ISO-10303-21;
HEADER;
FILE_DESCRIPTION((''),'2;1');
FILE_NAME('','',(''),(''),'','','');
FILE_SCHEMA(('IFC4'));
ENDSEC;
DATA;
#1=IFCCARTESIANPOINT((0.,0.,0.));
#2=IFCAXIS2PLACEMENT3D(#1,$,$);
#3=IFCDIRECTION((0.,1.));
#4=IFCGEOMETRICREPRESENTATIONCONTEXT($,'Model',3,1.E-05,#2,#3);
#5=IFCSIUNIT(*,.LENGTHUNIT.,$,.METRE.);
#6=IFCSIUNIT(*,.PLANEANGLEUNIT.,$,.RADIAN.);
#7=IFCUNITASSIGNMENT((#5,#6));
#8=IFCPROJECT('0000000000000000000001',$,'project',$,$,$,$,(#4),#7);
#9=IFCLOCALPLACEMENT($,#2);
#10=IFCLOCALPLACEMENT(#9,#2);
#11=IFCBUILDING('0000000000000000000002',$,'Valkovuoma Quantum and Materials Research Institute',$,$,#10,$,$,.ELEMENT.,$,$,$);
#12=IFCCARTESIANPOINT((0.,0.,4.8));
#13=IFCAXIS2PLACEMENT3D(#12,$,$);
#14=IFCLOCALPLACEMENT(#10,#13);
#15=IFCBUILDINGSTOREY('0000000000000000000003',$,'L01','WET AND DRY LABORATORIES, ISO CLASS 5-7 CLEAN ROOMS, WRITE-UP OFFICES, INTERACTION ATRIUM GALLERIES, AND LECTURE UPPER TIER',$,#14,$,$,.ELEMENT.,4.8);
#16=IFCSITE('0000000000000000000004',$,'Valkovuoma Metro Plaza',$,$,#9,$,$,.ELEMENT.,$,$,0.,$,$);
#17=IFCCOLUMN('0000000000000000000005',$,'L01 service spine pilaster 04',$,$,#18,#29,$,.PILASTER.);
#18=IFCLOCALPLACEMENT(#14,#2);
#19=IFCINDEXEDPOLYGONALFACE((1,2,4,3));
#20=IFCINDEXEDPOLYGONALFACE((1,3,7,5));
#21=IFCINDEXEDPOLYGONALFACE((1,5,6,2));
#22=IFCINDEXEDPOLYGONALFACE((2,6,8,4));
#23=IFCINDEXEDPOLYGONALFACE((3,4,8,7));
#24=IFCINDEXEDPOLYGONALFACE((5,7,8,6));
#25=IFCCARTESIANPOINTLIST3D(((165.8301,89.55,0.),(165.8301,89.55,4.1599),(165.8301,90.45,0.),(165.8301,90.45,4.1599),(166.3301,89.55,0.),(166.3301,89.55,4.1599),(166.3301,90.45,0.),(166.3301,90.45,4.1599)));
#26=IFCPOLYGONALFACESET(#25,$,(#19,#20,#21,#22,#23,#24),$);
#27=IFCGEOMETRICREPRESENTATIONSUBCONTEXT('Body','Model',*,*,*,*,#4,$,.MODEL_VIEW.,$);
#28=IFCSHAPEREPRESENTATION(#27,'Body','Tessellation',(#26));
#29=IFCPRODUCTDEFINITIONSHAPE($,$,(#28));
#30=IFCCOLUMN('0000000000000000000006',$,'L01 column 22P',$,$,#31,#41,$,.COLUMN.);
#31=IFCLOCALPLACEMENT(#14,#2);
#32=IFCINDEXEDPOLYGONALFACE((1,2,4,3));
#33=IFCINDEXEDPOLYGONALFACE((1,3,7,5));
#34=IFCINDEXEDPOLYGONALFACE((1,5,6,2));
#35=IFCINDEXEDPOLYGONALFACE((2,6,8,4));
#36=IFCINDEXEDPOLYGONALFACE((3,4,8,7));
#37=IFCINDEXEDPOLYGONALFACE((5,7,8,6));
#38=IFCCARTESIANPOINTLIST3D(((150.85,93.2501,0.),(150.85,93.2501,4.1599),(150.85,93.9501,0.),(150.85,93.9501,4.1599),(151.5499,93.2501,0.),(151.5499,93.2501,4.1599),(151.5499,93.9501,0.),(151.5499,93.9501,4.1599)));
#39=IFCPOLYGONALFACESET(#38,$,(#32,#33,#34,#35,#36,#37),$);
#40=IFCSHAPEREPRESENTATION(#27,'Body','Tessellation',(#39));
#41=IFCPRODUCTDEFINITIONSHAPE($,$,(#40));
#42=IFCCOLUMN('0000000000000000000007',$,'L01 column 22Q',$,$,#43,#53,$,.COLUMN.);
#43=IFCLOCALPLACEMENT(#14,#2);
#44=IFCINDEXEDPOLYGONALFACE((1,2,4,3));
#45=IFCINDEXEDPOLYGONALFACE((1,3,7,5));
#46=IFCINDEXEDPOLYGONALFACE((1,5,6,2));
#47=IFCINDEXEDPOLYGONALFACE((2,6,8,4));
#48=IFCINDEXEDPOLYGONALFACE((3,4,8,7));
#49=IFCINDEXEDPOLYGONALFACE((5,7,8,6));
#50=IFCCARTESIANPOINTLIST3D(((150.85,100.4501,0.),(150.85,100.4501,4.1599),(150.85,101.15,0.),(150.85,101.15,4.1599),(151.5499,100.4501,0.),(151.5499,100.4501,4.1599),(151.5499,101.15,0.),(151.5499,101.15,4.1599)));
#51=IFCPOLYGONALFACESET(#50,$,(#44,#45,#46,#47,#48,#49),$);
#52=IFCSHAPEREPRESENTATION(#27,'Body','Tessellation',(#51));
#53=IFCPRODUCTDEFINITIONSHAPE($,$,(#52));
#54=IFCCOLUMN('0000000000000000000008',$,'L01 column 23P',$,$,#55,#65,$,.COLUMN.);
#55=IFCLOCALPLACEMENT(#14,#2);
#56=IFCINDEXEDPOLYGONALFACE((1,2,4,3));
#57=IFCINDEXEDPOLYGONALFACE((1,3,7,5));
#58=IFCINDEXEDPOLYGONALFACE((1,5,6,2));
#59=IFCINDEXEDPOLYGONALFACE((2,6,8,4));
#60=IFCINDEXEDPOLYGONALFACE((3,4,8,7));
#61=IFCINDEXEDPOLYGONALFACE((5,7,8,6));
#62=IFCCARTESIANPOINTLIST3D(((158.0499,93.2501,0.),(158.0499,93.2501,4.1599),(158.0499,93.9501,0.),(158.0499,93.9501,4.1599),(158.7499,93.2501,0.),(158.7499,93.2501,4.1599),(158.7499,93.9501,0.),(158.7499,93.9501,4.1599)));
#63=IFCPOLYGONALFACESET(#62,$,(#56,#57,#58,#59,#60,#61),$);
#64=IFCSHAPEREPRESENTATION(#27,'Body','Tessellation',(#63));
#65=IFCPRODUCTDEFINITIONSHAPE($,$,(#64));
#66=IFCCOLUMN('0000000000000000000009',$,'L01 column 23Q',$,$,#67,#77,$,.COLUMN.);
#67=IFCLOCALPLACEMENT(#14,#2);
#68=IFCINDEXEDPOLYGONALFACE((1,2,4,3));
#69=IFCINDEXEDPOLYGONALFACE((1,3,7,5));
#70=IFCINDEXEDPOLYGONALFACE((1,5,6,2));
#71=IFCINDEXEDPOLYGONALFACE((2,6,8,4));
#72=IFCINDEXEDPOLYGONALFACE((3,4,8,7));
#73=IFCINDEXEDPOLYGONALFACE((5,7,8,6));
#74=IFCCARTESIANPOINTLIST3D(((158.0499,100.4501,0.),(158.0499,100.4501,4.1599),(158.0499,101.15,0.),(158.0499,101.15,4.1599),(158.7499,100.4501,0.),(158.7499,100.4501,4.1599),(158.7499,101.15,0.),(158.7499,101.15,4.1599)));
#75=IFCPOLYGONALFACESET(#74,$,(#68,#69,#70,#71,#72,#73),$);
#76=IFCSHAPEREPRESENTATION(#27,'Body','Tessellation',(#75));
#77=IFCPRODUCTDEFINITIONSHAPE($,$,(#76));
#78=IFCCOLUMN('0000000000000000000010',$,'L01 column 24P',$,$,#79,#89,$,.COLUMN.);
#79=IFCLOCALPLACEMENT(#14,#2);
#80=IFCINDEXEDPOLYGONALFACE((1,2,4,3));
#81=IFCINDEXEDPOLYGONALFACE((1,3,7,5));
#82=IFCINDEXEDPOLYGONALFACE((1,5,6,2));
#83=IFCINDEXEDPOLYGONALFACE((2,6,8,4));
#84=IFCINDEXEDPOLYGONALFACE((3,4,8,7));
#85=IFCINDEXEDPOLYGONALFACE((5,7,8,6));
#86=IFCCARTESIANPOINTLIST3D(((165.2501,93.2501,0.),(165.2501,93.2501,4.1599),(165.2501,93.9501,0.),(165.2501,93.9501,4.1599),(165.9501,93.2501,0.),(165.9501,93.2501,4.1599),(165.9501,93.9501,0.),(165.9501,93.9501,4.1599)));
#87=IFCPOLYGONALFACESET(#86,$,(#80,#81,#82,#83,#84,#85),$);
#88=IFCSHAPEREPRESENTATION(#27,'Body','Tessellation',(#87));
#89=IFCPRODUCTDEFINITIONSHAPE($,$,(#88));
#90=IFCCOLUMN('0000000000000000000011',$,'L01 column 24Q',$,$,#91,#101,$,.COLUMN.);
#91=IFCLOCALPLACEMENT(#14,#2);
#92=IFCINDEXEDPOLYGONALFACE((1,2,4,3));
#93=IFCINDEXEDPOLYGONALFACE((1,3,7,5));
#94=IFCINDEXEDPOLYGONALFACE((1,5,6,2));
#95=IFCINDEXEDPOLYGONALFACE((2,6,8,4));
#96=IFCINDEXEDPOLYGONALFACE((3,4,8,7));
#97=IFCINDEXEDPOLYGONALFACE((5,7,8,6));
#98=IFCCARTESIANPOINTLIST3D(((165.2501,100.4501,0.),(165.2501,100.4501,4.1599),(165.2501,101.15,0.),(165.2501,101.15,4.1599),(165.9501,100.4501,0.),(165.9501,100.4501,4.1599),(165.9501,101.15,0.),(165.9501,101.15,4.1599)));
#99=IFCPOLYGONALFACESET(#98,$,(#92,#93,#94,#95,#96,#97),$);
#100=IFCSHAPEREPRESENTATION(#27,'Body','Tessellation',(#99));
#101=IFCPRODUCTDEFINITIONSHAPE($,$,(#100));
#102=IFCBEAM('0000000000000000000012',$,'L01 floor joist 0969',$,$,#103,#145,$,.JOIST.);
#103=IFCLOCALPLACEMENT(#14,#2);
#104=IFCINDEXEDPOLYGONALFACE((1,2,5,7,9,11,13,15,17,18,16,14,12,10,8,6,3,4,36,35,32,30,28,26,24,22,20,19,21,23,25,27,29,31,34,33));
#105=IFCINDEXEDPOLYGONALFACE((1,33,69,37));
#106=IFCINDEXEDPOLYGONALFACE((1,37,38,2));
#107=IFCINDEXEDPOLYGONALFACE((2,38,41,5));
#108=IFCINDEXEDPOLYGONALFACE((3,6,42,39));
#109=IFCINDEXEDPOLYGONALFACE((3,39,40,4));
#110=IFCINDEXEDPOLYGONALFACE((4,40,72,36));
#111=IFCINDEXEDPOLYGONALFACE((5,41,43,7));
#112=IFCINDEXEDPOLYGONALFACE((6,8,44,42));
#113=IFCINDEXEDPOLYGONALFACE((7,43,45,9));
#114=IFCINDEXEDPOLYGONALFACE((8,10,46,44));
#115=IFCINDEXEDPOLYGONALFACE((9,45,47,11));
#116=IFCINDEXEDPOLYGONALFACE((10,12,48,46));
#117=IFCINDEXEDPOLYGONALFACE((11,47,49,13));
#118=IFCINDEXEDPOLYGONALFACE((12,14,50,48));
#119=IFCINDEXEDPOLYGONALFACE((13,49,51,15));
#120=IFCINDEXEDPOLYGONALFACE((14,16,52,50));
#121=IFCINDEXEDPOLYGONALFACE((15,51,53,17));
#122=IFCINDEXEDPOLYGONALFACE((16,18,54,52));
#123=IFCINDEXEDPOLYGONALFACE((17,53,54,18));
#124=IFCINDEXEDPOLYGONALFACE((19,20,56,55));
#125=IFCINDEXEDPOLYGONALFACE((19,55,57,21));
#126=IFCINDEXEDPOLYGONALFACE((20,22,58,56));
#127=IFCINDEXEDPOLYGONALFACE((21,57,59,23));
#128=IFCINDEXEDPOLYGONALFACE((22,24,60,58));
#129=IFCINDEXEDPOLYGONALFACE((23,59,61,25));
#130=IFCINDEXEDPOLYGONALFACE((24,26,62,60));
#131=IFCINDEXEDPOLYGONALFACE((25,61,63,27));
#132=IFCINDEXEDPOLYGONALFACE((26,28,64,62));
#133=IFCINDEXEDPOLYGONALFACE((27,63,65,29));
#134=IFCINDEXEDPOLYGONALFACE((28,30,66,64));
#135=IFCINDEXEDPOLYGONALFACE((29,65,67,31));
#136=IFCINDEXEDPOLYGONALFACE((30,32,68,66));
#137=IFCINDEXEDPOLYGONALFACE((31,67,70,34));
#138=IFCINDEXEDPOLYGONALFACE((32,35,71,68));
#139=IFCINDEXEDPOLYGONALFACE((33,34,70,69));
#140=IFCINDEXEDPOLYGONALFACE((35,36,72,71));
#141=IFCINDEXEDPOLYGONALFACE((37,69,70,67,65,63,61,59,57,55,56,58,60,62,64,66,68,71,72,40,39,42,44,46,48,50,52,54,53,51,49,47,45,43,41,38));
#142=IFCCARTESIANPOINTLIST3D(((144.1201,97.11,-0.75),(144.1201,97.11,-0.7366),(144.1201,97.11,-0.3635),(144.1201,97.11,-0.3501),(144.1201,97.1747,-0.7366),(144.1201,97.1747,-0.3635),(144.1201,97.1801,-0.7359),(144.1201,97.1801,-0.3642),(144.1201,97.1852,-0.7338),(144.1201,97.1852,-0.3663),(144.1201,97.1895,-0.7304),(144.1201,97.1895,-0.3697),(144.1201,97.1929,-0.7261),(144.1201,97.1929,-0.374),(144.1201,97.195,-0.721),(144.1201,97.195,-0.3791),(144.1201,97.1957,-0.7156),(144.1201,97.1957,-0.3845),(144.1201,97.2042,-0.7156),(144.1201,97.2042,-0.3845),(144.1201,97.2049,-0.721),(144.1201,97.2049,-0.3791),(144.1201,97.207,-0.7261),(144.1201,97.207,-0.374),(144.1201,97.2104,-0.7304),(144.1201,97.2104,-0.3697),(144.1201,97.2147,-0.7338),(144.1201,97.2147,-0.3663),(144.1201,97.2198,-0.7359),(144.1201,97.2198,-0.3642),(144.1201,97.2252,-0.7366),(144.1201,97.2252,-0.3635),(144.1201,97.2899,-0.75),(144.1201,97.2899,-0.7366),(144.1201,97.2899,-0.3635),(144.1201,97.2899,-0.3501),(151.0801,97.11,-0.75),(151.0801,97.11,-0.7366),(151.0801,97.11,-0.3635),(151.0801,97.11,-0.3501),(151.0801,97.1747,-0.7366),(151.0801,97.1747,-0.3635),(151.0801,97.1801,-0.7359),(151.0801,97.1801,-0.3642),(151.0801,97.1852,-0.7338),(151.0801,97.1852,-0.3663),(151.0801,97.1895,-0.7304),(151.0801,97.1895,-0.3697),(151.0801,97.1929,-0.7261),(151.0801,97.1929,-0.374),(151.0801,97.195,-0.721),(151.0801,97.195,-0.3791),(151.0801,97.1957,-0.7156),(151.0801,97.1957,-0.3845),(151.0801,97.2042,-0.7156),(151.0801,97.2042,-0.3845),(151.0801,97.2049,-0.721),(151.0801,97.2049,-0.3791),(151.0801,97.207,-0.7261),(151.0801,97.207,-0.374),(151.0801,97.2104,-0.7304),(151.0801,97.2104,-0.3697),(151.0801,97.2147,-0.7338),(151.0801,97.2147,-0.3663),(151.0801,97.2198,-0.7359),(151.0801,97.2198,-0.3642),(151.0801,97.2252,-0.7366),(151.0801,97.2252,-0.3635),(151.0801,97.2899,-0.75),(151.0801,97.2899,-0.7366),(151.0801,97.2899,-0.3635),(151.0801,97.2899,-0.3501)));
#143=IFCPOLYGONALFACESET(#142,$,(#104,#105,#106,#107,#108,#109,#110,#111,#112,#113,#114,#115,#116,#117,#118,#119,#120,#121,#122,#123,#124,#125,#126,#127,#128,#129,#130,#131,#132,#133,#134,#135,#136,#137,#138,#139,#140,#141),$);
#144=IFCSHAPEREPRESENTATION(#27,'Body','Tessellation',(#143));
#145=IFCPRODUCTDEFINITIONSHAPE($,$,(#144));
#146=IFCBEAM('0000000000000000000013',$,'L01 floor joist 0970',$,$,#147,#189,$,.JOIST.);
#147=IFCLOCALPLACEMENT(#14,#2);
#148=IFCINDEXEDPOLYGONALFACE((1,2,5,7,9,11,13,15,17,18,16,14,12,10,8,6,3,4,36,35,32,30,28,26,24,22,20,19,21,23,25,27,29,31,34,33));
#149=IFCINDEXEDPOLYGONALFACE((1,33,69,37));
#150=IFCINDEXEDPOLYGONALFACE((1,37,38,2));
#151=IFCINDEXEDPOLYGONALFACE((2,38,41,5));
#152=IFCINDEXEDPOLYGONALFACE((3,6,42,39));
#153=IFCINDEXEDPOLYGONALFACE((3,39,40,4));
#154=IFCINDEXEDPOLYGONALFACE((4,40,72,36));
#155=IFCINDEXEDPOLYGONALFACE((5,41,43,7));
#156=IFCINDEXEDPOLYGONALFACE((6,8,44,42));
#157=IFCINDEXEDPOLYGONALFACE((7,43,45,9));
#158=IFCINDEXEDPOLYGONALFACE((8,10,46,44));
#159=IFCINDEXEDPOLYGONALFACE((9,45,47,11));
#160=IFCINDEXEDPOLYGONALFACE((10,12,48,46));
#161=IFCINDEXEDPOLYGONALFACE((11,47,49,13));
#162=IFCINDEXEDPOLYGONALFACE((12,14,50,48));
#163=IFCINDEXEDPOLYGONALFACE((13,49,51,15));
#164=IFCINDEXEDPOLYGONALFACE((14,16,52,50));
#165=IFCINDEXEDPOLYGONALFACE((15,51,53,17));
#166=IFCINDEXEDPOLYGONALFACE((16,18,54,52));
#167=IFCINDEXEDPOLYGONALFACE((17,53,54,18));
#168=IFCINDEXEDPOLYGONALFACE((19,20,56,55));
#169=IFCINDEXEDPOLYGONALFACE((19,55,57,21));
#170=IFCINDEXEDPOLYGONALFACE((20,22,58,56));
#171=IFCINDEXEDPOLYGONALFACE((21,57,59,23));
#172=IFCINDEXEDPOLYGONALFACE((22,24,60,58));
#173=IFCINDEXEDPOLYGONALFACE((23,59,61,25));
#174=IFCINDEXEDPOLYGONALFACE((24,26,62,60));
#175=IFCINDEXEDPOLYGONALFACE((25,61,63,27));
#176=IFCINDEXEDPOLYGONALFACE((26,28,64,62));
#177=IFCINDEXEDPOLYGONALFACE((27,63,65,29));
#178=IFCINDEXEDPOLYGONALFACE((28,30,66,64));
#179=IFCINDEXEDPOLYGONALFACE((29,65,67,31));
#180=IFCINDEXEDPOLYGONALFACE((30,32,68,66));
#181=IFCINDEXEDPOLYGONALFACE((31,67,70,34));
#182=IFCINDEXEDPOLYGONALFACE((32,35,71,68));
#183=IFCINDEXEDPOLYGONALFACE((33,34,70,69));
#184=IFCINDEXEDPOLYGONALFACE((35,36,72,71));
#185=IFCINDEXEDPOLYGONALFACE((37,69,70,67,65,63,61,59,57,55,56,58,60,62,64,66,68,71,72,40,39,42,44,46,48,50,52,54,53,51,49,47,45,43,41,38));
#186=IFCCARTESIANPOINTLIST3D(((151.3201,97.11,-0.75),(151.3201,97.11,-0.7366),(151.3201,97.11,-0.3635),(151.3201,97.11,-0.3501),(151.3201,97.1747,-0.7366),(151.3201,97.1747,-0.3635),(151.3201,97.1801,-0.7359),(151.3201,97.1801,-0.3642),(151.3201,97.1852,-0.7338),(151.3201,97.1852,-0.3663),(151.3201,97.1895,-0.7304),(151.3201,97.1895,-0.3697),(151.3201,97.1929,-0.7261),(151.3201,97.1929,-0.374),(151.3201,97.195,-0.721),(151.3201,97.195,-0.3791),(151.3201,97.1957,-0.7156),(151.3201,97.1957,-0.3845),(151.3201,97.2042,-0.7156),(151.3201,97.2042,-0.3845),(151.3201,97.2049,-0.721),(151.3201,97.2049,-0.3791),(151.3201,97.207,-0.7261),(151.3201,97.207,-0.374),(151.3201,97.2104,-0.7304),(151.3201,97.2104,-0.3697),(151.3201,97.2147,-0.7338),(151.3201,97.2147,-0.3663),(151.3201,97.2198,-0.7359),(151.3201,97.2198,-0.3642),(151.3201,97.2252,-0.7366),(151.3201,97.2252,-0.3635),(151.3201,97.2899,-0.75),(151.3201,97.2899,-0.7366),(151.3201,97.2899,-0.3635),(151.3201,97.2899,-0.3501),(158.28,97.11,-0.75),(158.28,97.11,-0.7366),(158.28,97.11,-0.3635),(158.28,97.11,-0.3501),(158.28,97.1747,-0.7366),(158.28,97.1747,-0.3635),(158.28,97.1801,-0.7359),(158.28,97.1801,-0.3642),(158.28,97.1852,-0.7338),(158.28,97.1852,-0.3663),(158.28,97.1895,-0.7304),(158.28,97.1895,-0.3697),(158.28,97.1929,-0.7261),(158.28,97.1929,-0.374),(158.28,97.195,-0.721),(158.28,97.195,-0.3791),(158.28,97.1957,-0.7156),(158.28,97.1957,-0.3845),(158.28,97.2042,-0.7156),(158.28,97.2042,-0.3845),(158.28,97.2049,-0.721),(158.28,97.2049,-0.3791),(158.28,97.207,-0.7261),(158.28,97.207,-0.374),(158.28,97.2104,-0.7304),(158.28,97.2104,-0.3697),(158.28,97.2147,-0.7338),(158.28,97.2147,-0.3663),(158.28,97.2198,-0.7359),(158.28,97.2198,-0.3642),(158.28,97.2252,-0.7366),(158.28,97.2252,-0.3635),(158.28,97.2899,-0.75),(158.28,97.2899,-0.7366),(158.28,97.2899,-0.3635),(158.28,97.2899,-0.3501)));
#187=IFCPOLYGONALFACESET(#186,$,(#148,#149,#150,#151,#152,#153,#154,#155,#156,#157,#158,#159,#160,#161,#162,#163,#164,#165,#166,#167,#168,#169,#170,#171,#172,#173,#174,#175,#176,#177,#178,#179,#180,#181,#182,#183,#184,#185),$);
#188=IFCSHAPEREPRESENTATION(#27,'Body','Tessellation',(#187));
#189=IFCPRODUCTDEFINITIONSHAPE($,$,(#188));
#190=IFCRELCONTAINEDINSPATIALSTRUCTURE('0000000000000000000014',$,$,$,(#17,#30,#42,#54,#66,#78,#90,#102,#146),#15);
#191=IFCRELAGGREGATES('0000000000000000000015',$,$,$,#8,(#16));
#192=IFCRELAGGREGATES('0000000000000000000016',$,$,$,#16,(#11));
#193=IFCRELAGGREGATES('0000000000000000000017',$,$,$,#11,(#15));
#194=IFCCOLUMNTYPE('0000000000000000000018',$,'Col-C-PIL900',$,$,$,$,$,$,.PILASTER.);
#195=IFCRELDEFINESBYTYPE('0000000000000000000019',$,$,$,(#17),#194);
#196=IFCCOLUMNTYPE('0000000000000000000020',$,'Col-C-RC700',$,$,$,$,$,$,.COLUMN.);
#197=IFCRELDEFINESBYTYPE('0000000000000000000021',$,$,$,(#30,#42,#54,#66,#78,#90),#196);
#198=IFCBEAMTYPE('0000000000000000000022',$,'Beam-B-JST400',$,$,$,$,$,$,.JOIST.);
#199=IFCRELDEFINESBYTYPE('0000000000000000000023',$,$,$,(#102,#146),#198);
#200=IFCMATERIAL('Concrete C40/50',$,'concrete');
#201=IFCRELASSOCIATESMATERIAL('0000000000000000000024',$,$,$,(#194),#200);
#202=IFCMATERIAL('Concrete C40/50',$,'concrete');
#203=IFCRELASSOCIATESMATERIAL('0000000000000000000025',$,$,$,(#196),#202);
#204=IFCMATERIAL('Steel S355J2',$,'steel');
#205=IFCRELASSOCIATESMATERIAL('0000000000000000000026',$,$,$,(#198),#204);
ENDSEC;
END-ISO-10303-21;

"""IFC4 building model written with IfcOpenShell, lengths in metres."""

from ifc_helpers import new_model, si_unit, direction, frame, origin, origin_2d, place, context, subcontext, project, spatial, rectangle, i_section, extrude, material, material_profile, profile_set, type_object, element, save


model = new_model("IFC4")

# Units and contexts
model_context = context("Model", 3, precision=1e-05, world=origin(), true_north=direction((0.0, 1.0)))
body_context = subcontext(model_context, "Body", "Model", "MODEL_VIEW")
ifc_project = project(units=[si_unit("LENGTHUNIT", "METRE"), si_unit("PLANEANGLEUNIT", "RADIAN")], contexts=[model_context])

# Site, building, storey
site_placement = place(None, origin())
site = spatial("IfcSite", under=ifc_project, at=site_placement, Name="Valkovuoma Metro Plaza", CompositionType="ELEMENT", RefElevation=0.0)
building_placement = place(site_placement, origin())
building = spatial("IfcBuilding", under=site, at=building_placement, Name="Valkovuoma Quantum and Materials Research Institute", CompositionType="ELEMENT")
storey_placement = place(building_placement, frame((0.0, 0.0, 4.8)))
storey = spatial("IfcBuildingStorey", under=building, at=storey_placement, Name="L01", Description="WET AND DRY LABORATORIES, ISO CLASS 5-7 CLEAN ROOMS, WRITE-UP OFFICES, INTERACTION ATRIUM GALLERIES, AND LECTURE UPPER TIER", CompositionType="ELEMENT", Elevation=4.8)

# Columns
ifc_material_1 = material(Name="Concrete C40/50", Category="concrete")
ifc_material_profile_1 = material_profile(ifc_material_1, rectangle(XDim=0.5, YDim=0.8999, at=origin_2d()), Name="Concrete C40/50")
ifc_profile_set_1 = profile_set([ifc_material_profile_1], Name="Concrete C40/50")
column_type_1 = type_object("IfcColumnType", Name="Col-C-PIL900", PredefinedType="PILASTER", material=ifc_profile_set_1)
column_placement = place(storey_placement, frame((166.0801, 90.0, 0.0), z_axis=(0.0, 0.0, 1.0), x_axis=(1.0, 0.0, 0.0)))
element("IfcColumn", 1, at=column_placement, inside=storey, type_object=column_type_1, Name="L01 service spine pilaster 04", PredefinedType="PILASTER", context=body_context, shape_type="SweptSolid", body=[
    extrude(rectangle(XDim=0.5, YDim=0.8999, at=origin_2d()), origin(), (0.0, 0.0, 1.0), 4.1599),
])
ifc_material_2 = material(Name="Concrete C40/50", Category="concrete")
ifc_material_profile_2 = material_profile(ifc_material_2, rectangle(XDim=0.7, YDim=0.7, at=origin_2d()), Name="Concrete C40/50")
ifc_profile_set_2 = profile_set([ifc_material_profile_2], Name="Concrete C40/50")
column_type_2 = type_object("IfcColumnType", Name="Col-C-RC700", PredefinedType="COLUMN", material=ifc_profile_set_2)
for number, where, z_axis, x_axis, name in (
    (2, (151.2, 93.6001, 0.0), (0.0, 0.0, 1.0), (1.0, 0.0, 0.0), "L01 column 22P"),
    (3, (151.2, 100.8, 0.0), (0.0, 0.0, 1.0), (1.0, 0.0, 0.0), "L01 column 22Q"),
    (4, (158.3999, 93.6001, 0.0), (0.0, 0.0, 1.0), (1.0, 0.0, 0.0), "L01 column 23P"),
    (5, (158.3999, 100.8, 0.0), (0.0, 0.0, 1.0), (1.0, 0.0, 0.0), "L01 column 23Q"),
    (6, (165.6001, 93.6001, 0.0), (0.0, 0.0, 1.0), (1.0, 0.0, 0.0), "L01 column 24P"),
    (7, (165.6001, 100.8, 0.0), (0.0, 0.0, 1.0), (1.0, 0.0, 0.0), "L01 column 24Q"),
):
    element("IfcColumn", number, at=place(storey_placement, frame(where, z_axis=z_axis, x_axis=x_axis)), inside=storey, type_object=column_type_2, Name=name, PredefinedType="COLUMN", context=body_context, shape_type="SweptSolid", body=[
        extrude(rectangle(XDim=0.7, YDim=0.7, at=origin_2d()), origin(), (0.0, 0.0, 1.0), 4.1599),
    ])

# Beams
ifc_material_3 = material(Name="Steel S355J2", Category="steel")
ifc_material_profile_3 = material_profile(ifc_material_3, i_section(OverallWidth=0.1799, OverallDepth=0.3999, WebThickness=0.0085, FlangeThickness=0.0134, FilletRadius=0.021, at=origin_2d()), Name="Steel S355J2")
ifc_profile_set_3 = profile_set([ifc_material_profile_3], Name="Steel S355J2")
beam_type_1 = type_object("IfcBeamType", Name="Beam-B-JST400", PredefinedType="JOIST", material=ifc_profile_set_3)
for number, where, z_axis, x_axis, name in (
    (8, (144.1201, 97.2, -0.55), (1.0, 0.0, 0.0), (0.0, 1.0, 0.0), "L01 floor joist 0969"),
    (9, (151.3201, 97.2, -0.55), (1.0, 0.0, 0.0), (0.0, 1.0, 0.0), "L01 floor joist 0970"),
):
    element("IfcBeam", number, at=place(storey_placement, frame(where, z_axis=z_axis, x_axis=x_axis)), inside=storey, type_object=beam_type_1, Name=name, PredefinedType="JOIST", context=body_context, shape_type="SweptSolid", body=[
        extrude(i_section(OverallWidth=0.1799, OverallDepth=0.3999, WebThickness=0.0085, FlangeThickness=0.0134, FilletRadius=0.021, at=origin_2d()), origin(), (0.0, 0.0, 1.0), 6.96),
    ])

save(model, "model.ifc")
